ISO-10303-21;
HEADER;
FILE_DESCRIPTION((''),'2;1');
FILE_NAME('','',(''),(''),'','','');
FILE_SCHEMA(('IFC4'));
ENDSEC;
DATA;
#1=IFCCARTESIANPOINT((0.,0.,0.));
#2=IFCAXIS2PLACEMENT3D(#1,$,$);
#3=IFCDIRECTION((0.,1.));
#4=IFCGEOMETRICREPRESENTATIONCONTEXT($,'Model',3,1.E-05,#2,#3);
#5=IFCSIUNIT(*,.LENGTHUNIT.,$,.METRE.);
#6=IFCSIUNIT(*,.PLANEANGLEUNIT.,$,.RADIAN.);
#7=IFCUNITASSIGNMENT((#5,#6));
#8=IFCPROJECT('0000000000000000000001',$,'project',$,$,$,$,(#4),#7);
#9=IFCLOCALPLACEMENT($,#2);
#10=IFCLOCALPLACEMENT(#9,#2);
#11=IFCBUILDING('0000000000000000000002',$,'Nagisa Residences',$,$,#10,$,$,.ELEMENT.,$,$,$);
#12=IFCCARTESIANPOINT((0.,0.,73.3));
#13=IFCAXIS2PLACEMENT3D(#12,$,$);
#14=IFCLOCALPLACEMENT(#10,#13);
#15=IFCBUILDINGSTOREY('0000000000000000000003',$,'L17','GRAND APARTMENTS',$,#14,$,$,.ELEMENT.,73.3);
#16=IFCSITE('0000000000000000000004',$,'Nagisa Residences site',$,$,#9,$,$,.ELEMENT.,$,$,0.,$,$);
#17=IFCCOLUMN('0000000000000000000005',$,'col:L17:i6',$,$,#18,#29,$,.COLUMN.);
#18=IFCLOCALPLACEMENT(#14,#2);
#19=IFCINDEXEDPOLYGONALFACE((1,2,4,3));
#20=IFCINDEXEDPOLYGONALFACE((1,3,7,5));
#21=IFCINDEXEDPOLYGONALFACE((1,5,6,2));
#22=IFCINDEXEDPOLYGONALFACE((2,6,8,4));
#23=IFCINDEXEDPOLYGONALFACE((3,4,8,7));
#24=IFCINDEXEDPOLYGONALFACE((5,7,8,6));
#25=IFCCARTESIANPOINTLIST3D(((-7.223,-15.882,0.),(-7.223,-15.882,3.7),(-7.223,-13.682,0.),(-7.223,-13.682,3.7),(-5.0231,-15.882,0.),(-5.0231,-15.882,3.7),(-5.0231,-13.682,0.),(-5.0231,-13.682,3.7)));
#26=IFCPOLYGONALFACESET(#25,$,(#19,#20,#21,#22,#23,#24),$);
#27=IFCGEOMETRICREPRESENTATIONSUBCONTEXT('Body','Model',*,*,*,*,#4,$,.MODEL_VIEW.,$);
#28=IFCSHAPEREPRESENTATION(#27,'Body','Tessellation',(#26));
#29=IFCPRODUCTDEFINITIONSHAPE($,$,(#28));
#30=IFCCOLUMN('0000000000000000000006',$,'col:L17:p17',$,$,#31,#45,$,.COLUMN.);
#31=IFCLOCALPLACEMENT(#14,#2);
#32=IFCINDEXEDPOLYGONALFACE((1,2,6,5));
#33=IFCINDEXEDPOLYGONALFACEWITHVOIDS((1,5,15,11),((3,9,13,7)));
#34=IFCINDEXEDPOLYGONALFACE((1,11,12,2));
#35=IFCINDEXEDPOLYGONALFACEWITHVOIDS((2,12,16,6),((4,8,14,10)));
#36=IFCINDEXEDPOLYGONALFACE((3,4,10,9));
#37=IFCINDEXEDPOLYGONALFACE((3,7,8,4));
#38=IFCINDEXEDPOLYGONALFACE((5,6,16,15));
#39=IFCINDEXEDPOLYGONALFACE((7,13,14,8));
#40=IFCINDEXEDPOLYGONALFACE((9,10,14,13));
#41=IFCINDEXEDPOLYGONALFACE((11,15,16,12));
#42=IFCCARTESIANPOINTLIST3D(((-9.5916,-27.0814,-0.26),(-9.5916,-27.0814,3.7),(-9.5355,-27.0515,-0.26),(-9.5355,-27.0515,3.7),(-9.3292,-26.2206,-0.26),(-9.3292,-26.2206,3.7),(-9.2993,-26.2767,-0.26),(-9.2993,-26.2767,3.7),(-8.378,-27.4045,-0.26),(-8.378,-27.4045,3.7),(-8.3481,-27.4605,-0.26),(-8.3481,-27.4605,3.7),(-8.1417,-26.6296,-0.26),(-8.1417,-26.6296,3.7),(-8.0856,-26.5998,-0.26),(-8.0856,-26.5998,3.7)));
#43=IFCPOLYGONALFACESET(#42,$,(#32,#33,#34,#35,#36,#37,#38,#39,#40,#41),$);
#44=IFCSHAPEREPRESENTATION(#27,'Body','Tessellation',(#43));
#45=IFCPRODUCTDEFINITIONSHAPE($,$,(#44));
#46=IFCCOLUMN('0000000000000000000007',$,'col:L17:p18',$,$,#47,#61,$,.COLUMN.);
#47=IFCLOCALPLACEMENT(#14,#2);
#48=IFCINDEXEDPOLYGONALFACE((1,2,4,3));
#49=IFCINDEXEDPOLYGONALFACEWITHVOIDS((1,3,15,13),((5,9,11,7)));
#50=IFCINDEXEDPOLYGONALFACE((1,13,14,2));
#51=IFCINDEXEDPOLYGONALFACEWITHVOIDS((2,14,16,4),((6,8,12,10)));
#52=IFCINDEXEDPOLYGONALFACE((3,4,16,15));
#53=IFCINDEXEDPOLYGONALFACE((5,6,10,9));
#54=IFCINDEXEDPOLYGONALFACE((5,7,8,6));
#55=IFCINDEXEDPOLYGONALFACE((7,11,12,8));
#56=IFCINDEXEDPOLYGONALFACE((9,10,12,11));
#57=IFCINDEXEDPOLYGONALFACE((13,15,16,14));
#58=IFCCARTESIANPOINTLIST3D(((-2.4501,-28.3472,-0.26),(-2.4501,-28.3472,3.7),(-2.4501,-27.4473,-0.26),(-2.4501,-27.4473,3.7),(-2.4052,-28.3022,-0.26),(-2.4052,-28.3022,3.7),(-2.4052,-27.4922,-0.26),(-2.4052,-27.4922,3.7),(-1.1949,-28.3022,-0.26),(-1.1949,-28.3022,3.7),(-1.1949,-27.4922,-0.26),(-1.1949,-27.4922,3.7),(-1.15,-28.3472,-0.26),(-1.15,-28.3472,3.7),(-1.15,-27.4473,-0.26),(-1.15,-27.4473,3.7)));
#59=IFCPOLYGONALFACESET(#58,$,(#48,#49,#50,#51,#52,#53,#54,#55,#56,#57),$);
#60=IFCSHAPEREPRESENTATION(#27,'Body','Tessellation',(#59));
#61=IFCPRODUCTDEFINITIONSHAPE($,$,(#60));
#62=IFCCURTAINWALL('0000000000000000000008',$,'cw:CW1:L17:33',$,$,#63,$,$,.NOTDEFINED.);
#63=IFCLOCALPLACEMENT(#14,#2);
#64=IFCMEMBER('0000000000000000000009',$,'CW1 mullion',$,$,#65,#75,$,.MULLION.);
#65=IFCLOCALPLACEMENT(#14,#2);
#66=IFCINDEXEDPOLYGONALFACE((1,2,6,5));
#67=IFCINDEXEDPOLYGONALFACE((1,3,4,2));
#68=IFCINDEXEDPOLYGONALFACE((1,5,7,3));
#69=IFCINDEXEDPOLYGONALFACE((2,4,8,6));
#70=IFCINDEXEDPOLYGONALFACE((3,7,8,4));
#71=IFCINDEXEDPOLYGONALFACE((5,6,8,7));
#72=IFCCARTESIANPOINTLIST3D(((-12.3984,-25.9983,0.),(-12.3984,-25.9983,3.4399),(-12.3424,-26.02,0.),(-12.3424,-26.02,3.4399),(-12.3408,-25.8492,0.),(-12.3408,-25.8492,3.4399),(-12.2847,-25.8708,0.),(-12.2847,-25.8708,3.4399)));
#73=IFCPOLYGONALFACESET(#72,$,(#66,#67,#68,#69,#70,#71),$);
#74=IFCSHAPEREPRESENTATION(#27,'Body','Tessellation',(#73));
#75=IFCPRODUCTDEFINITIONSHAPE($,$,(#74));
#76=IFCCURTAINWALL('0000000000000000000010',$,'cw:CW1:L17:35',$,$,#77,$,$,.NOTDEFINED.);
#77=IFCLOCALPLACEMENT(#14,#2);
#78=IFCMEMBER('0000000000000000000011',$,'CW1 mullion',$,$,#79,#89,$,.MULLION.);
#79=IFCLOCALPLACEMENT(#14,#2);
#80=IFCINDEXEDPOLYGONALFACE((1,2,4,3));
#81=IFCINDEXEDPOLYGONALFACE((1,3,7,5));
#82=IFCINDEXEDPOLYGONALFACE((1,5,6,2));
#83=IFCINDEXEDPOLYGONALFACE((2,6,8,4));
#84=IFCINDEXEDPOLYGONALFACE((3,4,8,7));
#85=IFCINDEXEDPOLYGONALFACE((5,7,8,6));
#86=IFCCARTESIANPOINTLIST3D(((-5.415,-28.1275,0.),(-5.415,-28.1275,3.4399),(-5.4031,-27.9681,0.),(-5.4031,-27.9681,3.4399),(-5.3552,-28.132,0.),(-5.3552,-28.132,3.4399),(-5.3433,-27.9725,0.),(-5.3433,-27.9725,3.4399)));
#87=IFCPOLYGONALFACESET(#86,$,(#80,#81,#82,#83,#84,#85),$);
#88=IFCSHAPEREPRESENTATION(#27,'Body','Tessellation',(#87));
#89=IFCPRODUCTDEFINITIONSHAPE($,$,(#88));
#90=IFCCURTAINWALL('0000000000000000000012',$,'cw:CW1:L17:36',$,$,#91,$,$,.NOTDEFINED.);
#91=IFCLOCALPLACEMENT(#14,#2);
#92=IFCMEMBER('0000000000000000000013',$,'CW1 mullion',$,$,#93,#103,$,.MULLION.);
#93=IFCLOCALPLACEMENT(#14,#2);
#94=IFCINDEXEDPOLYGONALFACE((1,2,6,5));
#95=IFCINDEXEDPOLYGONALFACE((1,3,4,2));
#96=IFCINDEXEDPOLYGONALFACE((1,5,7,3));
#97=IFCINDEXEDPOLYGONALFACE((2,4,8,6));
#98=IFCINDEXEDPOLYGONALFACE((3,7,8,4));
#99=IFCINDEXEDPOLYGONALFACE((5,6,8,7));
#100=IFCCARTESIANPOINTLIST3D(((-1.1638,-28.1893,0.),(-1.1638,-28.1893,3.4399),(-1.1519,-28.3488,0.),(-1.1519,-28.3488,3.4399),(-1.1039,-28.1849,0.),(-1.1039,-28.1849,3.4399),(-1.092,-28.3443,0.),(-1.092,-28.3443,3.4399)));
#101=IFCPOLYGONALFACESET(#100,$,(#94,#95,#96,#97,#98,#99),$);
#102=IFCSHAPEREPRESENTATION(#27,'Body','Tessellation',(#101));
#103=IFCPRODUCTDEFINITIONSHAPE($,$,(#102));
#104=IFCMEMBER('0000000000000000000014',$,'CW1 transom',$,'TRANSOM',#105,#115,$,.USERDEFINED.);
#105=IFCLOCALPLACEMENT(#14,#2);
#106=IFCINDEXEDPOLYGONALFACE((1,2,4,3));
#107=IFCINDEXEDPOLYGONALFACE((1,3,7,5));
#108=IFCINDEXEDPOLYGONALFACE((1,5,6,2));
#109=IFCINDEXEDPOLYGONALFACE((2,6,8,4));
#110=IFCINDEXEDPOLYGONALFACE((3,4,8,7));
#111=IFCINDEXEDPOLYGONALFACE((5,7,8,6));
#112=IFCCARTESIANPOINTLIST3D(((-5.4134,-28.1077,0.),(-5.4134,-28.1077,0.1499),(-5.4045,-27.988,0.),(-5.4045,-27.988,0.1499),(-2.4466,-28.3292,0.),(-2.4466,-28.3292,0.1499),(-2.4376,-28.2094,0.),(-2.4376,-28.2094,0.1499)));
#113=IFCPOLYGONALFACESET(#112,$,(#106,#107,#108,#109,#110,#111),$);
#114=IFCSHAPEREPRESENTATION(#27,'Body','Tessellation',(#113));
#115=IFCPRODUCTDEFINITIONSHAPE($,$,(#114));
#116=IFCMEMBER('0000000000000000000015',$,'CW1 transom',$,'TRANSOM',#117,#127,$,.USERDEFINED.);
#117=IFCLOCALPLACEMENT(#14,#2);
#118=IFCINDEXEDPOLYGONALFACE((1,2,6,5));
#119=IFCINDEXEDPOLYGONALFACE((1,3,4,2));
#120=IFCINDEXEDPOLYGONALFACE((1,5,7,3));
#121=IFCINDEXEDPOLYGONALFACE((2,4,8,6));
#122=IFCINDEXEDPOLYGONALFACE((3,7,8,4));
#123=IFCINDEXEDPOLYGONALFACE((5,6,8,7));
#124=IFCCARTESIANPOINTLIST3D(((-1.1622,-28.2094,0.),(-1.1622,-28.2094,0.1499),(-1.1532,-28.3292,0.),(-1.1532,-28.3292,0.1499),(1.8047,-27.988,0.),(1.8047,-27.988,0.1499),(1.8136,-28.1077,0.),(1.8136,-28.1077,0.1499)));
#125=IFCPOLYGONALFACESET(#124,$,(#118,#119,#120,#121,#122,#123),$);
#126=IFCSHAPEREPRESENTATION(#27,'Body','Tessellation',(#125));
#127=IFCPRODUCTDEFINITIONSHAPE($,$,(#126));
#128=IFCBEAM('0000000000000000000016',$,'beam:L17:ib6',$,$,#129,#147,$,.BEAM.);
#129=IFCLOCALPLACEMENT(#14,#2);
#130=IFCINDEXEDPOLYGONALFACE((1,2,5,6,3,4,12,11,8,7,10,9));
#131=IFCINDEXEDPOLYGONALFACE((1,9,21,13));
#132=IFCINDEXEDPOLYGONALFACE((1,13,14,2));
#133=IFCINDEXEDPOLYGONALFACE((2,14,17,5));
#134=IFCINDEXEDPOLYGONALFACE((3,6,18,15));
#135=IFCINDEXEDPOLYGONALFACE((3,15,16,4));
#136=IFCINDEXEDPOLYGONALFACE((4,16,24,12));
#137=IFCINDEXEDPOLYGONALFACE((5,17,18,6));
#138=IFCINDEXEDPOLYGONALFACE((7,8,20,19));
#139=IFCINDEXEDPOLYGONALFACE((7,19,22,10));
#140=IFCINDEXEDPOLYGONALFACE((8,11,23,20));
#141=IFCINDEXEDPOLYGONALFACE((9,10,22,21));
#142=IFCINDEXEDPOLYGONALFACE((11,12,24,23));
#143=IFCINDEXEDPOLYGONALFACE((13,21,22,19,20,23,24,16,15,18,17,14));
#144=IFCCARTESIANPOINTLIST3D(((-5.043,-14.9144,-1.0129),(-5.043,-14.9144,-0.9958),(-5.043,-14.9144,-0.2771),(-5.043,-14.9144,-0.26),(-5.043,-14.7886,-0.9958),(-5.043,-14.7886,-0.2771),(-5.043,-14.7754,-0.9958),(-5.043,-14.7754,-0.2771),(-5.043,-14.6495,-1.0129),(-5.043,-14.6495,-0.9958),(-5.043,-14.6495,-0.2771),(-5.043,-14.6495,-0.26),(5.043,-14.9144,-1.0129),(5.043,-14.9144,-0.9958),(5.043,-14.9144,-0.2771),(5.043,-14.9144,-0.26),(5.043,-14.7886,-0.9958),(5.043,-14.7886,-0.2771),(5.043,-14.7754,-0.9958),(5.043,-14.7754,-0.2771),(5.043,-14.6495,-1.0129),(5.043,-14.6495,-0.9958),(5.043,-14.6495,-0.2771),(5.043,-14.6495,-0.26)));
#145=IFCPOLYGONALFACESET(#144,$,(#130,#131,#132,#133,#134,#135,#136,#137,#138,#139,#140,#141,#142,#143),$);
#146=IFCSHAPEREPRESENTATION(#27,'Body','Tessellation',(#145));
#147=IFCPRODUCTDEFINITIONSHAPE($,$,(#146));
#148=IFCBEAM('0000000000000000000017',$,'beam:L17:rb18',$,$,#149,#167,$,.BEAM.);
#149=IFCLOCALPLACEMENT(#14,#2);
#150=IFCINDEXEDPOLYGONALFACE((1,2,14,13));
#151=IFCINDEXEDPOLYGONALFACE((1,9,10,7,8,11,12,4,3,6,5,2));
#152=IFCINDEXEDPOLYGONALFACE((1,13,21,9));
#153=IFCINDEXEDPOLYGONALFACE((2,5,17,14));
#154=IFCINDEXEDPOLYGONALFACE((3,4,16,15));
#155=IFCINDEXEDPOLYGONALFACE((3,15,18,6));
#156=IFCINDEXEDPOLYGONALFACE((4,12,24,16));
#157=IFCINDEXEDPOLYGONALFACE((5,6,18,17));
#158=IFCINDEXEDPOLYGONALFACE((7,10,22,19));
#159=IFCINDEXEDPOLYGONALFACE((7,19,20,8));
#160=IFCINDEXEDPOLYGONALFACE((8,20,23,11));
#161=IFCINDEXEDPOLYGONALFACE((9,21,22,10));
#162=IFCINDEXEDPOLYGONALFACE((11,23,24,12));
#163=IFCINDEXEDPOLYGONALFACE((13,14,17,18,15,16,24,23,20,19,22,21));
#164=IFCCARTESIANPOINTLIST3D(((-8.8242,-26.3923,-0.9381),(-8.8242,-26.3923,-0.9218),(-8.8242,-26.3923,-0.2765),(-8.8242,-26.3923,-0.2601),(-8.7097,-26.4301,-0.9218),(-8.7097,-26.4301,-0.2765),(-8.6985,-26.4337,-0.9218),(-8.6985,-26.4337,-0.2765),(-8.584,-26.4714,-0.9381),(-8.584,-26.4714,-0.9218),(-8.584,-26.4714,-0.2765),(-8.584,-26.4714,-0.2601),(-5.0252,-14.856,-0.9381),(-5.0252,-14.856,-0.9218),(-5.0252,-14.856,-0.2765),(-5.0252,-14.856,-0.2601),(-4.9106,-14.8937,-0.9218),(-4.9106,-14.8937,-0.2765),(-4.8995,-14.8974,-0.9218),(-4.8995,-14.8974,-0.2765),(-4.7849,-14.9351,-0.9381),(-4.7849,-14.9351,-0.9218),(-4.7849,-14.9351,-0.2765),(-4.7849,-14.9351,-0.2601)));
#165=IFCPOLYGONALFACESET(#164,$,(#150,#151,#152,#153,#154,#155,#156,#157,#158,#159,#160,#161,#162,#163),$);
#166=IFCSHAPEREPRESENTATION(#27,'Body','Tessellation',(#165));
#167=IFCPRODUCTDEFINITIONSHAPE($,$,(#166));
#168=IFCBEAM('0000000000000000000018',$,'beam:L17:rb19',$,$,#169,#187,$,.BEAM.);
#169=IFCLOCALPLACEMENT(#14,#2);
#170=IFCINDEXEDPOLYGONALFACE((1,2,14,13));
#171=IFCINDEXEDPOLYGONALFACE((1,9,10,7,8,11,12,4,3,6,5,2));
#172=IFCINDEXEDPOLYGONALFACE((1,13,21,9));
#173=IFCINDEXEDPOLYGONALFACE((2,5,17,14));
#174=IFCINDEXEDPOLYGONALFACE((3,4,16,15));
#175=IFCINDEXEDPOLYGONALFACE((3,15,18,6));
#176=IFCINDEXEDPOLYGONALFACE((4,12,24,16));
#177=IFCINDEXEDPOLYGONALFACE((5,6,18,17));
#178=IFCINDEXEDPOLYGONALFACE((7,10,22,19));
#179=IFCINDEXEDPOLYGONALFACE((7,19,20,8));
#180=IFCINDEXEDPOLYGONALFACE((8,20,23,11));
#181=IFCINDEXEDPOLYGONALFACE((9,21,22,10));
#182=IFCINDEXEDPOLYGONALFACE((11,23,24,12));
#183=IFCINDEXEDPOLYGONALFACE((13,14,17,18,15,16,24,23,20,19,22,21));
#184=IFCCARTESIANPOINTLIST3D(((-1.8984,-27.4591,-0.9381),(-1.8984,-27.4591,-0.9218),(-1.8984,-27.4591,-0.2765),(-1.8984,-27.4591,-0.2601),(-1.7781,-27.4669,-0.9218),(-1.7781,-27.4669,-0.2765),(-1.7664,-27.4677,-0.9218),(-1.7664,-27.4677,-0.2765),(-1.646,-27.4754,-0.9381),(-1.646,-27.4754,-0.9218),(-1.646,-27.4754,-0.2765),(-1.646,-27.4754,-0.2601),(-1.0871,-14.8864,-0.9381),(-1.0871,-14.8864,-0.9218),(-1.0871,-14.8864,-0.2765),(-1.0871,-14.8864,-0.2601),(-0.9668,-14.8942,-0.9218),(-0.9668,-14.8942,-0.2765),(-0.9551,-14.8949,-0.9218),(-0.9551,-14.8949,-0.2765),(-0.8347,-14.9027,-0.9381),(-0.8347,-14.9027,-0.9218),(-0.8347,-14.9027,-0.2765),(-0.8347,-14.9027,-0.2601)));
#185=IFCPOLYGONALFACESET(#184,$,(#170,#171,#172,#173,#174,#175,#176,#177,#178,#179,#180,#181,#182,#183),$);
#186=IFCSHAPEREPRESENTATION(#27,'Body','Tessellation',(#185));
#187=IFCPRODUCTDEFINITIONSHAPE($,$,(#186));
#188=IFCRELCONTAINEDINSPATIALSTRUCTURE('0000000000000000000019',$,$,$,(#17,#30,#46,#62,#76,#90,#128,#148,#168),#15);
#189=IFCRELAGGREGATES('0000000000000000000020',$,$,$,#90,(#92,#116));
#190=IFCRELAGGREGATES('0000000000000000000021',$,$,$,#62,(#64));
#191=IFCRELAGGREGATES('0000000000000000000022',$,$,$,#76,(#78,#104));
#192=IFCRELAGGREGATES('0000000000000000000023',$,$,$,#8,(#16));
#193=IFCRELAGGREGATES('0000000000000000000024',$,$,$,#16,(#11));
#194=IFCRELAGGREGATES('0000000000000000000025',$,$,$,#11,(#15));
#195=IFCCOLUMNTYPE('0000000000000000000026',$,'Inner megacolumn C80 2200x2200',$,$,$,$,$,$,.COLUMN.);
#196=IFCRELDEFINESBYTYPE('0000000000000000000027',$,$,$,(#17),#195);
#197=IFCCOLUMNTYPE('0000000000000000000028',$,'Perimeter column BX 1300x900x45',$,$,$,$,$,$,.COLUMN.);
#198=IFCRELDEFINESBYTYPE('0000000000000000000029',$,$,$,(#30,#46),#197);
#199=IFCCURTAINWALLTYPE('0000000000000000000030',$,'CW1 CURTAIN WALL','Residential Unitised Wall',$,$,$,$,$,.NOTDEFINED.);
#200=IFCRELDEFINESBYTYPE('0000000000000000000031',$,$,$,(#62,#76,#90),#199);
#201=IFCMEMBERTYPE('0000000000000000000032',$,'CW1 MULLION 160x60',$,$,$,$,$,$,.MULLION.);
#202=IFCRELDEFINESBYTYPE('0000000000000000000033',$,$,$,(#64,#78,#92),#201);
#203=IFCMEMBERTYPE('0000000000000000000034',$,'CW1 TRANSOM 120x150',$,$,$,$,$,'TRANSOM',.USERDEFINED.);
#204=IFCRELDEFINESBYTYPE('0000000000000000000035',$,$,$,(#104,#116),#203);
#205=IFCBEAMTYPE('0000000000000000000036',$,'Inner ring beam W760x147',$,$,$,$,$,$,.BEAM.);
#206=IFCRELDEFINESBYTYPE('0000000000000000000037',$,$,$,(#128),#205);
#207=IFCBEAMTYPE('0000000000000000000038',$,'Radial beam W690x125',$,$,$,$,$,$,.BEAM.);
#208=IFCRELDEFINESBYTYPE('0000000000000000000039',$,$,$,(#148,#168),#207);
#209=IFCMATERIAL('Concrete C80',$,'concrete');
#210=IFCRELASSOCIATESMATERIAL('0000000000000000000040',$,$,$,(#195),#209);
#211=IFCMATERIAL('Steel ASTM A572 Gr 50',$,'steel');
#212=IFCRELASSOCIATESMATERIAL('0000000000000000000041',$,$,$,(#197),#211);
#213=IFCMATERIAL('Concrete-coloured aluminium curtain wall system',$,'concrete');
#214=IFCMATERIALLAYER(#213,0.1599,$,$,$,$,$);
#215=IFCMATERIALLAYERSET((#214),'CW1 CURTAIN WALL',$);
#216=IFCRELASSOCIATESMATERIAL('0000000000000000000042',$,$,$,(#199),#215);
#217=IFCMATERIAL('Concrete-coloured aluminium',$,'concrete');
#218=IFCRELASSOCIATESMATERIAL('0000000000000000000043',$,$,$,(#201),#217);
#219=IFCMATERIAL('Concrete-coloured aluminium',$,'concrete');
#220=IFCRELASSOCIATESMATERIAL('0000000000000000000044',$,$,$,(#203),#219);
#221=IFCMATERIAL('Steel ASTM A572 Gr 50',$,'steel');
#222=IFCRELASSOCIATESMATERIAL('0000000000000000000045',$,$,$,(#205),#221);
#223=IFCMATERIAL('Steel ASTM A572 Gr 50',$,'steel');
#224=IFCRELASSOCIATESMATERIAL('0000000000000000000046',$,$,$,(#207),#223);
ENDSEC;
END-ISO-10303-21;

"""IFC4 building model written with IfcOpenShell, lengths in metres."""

from ifc_helpers import new_model, si_unit, direction, frame, origin, origin_2d, place, context, subcontext, project, spatial, rectangle, hollow_rectangle, i_section, extrude, material, layer, layer_set, material_profile, profile_set, type_object, element, aggregate, save


model = new_model("IFC4")

# Units and contexts
model_context = context("Model", 3, precision=1e-05, world=origin(), true_north=direction((0.0, 1.0)))
body_context = subcontext(model_context, "Body", "Model", "MODEL_VIEW")
ifc_project = project(units=[si_unit("LENGTHUNIT", "METRE"), si_unit("PLANEANGLEUNIT", "RADIAN")], contexts=[model_context])

# Site, building, storey
site_placement = place(None, origin())
site = spatial("IfcSite", under=ifc_project, at=site_placement, Name="Nagisa Residences site", CompositionType="ELEMENT", RefElevation=0.0)
building_placement = place(site_placement, origin())
building = spatial("IfcBuilding", under=site, at=building_placement, Name="Nagisa Residences", CompositionType="ELEMENT")
storey_placement = place(building_placement, frame((0.0, 0.0, 73.3)))
storey = spatial("IfcBuildingStorey", under=building, at=storey_placement, Name="L17", Description="GRAND APARTMENTS", CompositionType="ELEMENT", Elevation=73.3)

# Columns
ifc_material_1 = material(Name="Concrete C80", Category="concrete")
ifc_material_profile_1 = material_profile(ifc_material_1, rectangle(XDim=2.2, YDim=2.2, at=origin_2d()), Name="C80 2200x2200")
ifc_profile_set_1 = profile_set([ifc_material_profile_1], Name="Concrete C80")
column_type_1 = type_object("IfcColumnType", Name="Inner megacolumn C80 2200x2200", PredefinedType="COLUMN", material=ifc_profile_set_1)
column_placement = place(storey_placement, frame((-6.123, -14.782, 0.0), z_axis=(0.0, 0.0, 1.0), x_axis=(1.0, 0.0, 0.0)))
element("IfcColumn", 1, at=column_placement, inside=storey, type_object=column_type_1, Name="col:L17:i6", PredefinedType="COLUMN", context=body_context, shape_type="SweptSolid", body=[
    extrude(rectangle(XDim=2.2, YDim=2.2, at=origin_2d()), origin(), (0.0, 0.0, 1.0), 3.7),
])
ifc_material_2 = material(Name="Steel ASTM A572 Gr 50", Category="steel")
ifc_material_profile_2 = material_profile(ifc_material_2, hollow_rectangle(XDim=1.3, YDim=0.8999, WallThickness=0.0449, at=origin_2d()), Name="BX 1300x900x45")
ifc_profile_set_2 = profile_set([ifc_material_profile_2], Name="Steel ASTM A572 Gr 50")
column_type_2 = type_object("IfcColumnType", Name="Perimeter column BX 1300x900x45", PredefinedType="COLUMN", material=ifc_profile_set_2)
for number, where, z_axis, x_axis, name in (
    (2, (-8.8386, -26.8406, -0.26), (0.0, 0.0, 1.0), (0.956525, -0.291652, 0.0), "col:L17:p17"),
    (3, (-1.8, -27.8972, -0.26), (0.0, 0.0, 1.0), (1.0, 0.0, 0.0), "col:L17:p18"),
):
    element("IfcColumn", number, at=place(storey_placement, frame(where, z_axis=z_axis, x_axis=x_axis)), inside=storey, type_object=column_type_2, Name=name, PredefinedType="COLUMN", context=body_context, shape_type="SweptSolid", body=[
        extrude(hollow_rectangle(XDim=1.3, YDim=0.8999, WallThickness=0.0449, at=origin_2d()), origin(), (0.0, 0.0, 1.0), 3.96),
    ])

# Curtain walls, members
ifc_material_3 = material(Name="Concrete-coloured aluminium curtain wall system", Category="concrete")
ifc_layer_1 = layer(ifc_material_3, 0.1599)
ifc_layer_set_1 = layer_set([ifc_layer_1], Name="CW1 CURTAIN WALL")
curtain_wall_type = type_object("IfcCurtainWallType", Name="CW1 CURTAIN WALL", Description="Residential Unitised Wall", PredefinedType="NOTDEFINED", material=ifc_layer_set_1)
curtain_wall_1_placement = place(storey_placement, origin())
curtain_wall_1 = element("IfcCurtainWall", 4, at=curtain_wall_1_placement, inside=storey, type_object=curtain_wall_type, Name="cw:CW1:L17:33", PredefinedType="NOTDEFINED")
ifc_material_4 = material(Name="Concrete-coloured aluminium", Category="concrete")
ifc_material_profile_3 = material_profile(ifc_material_4, rectangle(XDim=0.1599, YDim=0.0601, at=origin_2d()), Name="CW1 MULLION 160x60")
ifc_profile_set_3 = profile_set([ifc_material_profile_3], Name="Concrete-coloured aluminium")
member_type_1 = type_object("IfcMemberType", Name="CW1 MULLION 160x60", PredefinedType="MULLION", material=ifc_profile_set_3)
member_1_placement = place(storey_placement, frame((-12.3416, -25.9346, 0.0), z_axis=(0.0, 0.0, 1.0), x_axis=(0.360328, 0.932826, 0.0)))
member_1 = element("IfcMember", 5, at=member_1_placement, type_object=member_type_1, Name="CW1 mullion", PredefinedType="MULLION", context=body_context, shape_type="SweptSolid", body=[
    extrude(rectangle(XDim=0.1599, YDim=0.0601, at=origin_2d()), origin(), (0.0, 0.0, 1.0), 3.4399),
])
curtain_wall_2_placement = place(storey_placement, origin())
curtain_wall_2 = element("IfcCurtainWall", 6, at=curtain_wall_2_placement, inside=storey, type_object=curtain_wall_type, Name="cw:CW1:L17:35", PredefinedType="NOTDEFINED")
member_2_placement = place(storey_placement, frame((-5.3792, -28.05, 0.0), z_axis=(0.0, 0.0, 1.0), x_axis=(0.074377, 0.99723, 0.0)))
member_2 = element("IfcMember", 7, at=member_2_placement, type_object=member_type_1, Name="CW1 mullion", PredefinedType="MULLION", context=body_context, shape_type="SweptSolid", body=[
    extrude(rectangle(XDim=0.1599, YDim=0.0601, at=origin_2d()), origin(), (0.0, 0.0, 1.0), 3.4399),
])
curtain_wall_3_placement = place(storey_placement, origin())
curtain_wall_3 = element("IfcCurtainWall", 8, at=curtain_wall_3_placement, inside=storey, type_object=curtain_wall_type, Name="cw:CW1:L17:36", PredefinedType="NOTDEFINED")
member_3_placement = place(storey_placement, frame((-1.1279, -28.2668, 0.0), z_axis=(0.0, 0.0, 1.0), x_axis=(-0.074377, 0.99723, 0.0)))
member_3 = element("IfcMember", 9, at=member_3_placement, type_object=member_type_1, Name="CW1 mullion", PredefinedType="MULLION", context=body_context, shape_type="SweptSolid", body=[
    extrude(rectangle(XDim=0.1599, YDim=0.0601, at=origin_2d()), origin(), (0.0, 0.0, 1.0), 3.4399),
])

# Members
ifc_material_5 = material(Name="Concrete-coloured aluminium", Category="concrete")
ifc_material_profile_4 = material_profile(ifc_material_5, rectangle(XDim=0.1201, YDim=0.1499, at=origin_2d()), Name="CW1 TRANSOM 120x150")
ifc_profile_set_4 = profile_set([ifc_material_profile_4], Name="Concrete-coloured aluminium")
member_type_2 = type_object("IfcMemberType", Name="CW1 TRANSOM 120x150", ElementType="TRANSOM", PredefinedType="USERDEFINED", material=ifc_profile_set_4)
member_4_placement = place(storey_placement, frame((-5.4089, -28.0479, 0.075), z_axis=(0.997226, -0.074431, 0.0), x_axis=(0.074431, 0.997226, 0.0)))
member_4 = element("IfcMember", 10, at=member_4_placement, type_object=member_type_2, Name="CW1 transom", ObjectType="TRANSOM", PredefinedType="USERDEFINED", context=body_context, shape_type="SweptSolid", body=[
    extrude(rectangle(XDim=0.1201, YDim=0.1499, at=origin_2d()), origin(), (0.0, 0.0, 1.0), 2.9751),
])
member_5_placement = place(storey_placement, frame((-1.1577, -28.2693, 0.075), z_axis=(0.997226, 0.074431, 0.0), x_axis=(-0.074431, 0.997226, 0.0)))
member_5 = element("IfcMember", 11, at=member_5_placement, type_object=member_type_2, Name="CW1 transom", ObjectType="TRANSOM", PredefinedType="USERDEFINED", context=body_context, shape_type="SweptSolid", body=[
    extrude(rectangle(XDim=0.1201, YDim=0.1499, at=origin_2d()), origin(), (0.0, 0.0, 1.0), 2.9751),
])
aggregate(curtain_wall_3, [member_3, member_5])

# Beams
ifc_material_6 = material(Name="Steel ASTM A572 Gr 50", Category="steel")
ifc_material_profile_5 = material_profile(ifc_material_6, i_section(OverallWidth=0.2649, OverallDepth=0.7529, WebThickness=0.0132, FlangeThickness=0.0171, at=origin_2d()), Name="W760x147")
ifc_profile_set_5 = profile_set([ifc_material_profile_5], Name="Steel ASTM A572 Gr 50")
beam_type_1 = type_object("IfcBeamType", Name="Inner ring beam W760x147", PredefinedType="BEAM", material=ifc_profile_set_5)
beam_1_placement = place(storey_placement, frame((-5.043, -14.782, -0.6365), z_axis=(1.0, 0.0, 0.0), x_axis=(0.0, 1.0, 0.0)))
element("IfcBeam", 12, at=beam_1_placement, inside=storey, type_object=beam_type_1, Name="beam:L17:ib6", PredefinedType="BEAM", context=body_context, shape_type="SweptSolid", body=[
    extrude(i_section(OverallWidth=0.2649, OverallDepth=0.7529, WebThickness=0.0132, FlangeThickness=0.0171, at=origin_2d()), origin(), (0.0, 0.0, 1.0), 10.0859),
])
ifc_material_7 = material(Name="Steel ASTM A572 Gr 50", Category="steel")
ifc_material_profile_6 = material_profile(ifc_material_7, i_section(OverallWidth=0.2529, OverallDepth=0.678, WebThickness=0.0117, FlangeThickness=0.0164, at=origin_2d()), Name="W690x125")
ifc_profile_set_6 = profile_set([ifc_material_profile_6], Name="Steel ASTM A572 Gr 50")
beam_type_2 = type_object("IfcBeamType", Name="Radial beam W690x125", PredefinedType="BEAM", material=ifc_profile_set_6)
beam_2_placement = place(storey_placement, frame((-8.7041, -26.4319, -0.5991), z_axis=(0.312788, 0.949823, 0.0), x_axis=(-0.949823, 0.312788, 0.0)))
element("IfcBeam", 13, at=beam_2_placement, inside=storey, type_object=beam_type_2, Name="beam:L17:rb18", PredefinedType="BEAM", context=body_context, shape_type="SweptSolid", body=[
    extrude(i_section(OverallWidth=0.2529, OverallDepth=0.678, WebThickness=0.0117, FlangeThickness=0.0164, at=origin_2d()), origin(), (0.0, 0.0, 1.0), 12.1458),
])
beam_3_placement = place(storey_placement, frame((-1.7722, -27.4673, -0.5991), z_axis=(0.064393, 0.997925, 0.0), x_axis=(-0.997925, 0.064393, 0.0)))
element("IfcBeam", 14, at=beam_3_placement, inside=storey, type_object=beam_type_2, Name="beam:L17:rb19", PredefinedType="BEAM", context=body_context, shape_type="SweptSolid", body=[
    extrude(i_section(OverallWidth=0.2529, OverallDepth=0.678, WebThickness=0.0117, FlangeThickness=0.0164, at=origin_2d()), origin(), (0.0, 0.0, 1.0), 12.5989),
])

aggregate(curtain_wall_1, [member_1])
aggregate(curtain_wall_2, [member_2, member_4])

save(model, "model.ifc")
